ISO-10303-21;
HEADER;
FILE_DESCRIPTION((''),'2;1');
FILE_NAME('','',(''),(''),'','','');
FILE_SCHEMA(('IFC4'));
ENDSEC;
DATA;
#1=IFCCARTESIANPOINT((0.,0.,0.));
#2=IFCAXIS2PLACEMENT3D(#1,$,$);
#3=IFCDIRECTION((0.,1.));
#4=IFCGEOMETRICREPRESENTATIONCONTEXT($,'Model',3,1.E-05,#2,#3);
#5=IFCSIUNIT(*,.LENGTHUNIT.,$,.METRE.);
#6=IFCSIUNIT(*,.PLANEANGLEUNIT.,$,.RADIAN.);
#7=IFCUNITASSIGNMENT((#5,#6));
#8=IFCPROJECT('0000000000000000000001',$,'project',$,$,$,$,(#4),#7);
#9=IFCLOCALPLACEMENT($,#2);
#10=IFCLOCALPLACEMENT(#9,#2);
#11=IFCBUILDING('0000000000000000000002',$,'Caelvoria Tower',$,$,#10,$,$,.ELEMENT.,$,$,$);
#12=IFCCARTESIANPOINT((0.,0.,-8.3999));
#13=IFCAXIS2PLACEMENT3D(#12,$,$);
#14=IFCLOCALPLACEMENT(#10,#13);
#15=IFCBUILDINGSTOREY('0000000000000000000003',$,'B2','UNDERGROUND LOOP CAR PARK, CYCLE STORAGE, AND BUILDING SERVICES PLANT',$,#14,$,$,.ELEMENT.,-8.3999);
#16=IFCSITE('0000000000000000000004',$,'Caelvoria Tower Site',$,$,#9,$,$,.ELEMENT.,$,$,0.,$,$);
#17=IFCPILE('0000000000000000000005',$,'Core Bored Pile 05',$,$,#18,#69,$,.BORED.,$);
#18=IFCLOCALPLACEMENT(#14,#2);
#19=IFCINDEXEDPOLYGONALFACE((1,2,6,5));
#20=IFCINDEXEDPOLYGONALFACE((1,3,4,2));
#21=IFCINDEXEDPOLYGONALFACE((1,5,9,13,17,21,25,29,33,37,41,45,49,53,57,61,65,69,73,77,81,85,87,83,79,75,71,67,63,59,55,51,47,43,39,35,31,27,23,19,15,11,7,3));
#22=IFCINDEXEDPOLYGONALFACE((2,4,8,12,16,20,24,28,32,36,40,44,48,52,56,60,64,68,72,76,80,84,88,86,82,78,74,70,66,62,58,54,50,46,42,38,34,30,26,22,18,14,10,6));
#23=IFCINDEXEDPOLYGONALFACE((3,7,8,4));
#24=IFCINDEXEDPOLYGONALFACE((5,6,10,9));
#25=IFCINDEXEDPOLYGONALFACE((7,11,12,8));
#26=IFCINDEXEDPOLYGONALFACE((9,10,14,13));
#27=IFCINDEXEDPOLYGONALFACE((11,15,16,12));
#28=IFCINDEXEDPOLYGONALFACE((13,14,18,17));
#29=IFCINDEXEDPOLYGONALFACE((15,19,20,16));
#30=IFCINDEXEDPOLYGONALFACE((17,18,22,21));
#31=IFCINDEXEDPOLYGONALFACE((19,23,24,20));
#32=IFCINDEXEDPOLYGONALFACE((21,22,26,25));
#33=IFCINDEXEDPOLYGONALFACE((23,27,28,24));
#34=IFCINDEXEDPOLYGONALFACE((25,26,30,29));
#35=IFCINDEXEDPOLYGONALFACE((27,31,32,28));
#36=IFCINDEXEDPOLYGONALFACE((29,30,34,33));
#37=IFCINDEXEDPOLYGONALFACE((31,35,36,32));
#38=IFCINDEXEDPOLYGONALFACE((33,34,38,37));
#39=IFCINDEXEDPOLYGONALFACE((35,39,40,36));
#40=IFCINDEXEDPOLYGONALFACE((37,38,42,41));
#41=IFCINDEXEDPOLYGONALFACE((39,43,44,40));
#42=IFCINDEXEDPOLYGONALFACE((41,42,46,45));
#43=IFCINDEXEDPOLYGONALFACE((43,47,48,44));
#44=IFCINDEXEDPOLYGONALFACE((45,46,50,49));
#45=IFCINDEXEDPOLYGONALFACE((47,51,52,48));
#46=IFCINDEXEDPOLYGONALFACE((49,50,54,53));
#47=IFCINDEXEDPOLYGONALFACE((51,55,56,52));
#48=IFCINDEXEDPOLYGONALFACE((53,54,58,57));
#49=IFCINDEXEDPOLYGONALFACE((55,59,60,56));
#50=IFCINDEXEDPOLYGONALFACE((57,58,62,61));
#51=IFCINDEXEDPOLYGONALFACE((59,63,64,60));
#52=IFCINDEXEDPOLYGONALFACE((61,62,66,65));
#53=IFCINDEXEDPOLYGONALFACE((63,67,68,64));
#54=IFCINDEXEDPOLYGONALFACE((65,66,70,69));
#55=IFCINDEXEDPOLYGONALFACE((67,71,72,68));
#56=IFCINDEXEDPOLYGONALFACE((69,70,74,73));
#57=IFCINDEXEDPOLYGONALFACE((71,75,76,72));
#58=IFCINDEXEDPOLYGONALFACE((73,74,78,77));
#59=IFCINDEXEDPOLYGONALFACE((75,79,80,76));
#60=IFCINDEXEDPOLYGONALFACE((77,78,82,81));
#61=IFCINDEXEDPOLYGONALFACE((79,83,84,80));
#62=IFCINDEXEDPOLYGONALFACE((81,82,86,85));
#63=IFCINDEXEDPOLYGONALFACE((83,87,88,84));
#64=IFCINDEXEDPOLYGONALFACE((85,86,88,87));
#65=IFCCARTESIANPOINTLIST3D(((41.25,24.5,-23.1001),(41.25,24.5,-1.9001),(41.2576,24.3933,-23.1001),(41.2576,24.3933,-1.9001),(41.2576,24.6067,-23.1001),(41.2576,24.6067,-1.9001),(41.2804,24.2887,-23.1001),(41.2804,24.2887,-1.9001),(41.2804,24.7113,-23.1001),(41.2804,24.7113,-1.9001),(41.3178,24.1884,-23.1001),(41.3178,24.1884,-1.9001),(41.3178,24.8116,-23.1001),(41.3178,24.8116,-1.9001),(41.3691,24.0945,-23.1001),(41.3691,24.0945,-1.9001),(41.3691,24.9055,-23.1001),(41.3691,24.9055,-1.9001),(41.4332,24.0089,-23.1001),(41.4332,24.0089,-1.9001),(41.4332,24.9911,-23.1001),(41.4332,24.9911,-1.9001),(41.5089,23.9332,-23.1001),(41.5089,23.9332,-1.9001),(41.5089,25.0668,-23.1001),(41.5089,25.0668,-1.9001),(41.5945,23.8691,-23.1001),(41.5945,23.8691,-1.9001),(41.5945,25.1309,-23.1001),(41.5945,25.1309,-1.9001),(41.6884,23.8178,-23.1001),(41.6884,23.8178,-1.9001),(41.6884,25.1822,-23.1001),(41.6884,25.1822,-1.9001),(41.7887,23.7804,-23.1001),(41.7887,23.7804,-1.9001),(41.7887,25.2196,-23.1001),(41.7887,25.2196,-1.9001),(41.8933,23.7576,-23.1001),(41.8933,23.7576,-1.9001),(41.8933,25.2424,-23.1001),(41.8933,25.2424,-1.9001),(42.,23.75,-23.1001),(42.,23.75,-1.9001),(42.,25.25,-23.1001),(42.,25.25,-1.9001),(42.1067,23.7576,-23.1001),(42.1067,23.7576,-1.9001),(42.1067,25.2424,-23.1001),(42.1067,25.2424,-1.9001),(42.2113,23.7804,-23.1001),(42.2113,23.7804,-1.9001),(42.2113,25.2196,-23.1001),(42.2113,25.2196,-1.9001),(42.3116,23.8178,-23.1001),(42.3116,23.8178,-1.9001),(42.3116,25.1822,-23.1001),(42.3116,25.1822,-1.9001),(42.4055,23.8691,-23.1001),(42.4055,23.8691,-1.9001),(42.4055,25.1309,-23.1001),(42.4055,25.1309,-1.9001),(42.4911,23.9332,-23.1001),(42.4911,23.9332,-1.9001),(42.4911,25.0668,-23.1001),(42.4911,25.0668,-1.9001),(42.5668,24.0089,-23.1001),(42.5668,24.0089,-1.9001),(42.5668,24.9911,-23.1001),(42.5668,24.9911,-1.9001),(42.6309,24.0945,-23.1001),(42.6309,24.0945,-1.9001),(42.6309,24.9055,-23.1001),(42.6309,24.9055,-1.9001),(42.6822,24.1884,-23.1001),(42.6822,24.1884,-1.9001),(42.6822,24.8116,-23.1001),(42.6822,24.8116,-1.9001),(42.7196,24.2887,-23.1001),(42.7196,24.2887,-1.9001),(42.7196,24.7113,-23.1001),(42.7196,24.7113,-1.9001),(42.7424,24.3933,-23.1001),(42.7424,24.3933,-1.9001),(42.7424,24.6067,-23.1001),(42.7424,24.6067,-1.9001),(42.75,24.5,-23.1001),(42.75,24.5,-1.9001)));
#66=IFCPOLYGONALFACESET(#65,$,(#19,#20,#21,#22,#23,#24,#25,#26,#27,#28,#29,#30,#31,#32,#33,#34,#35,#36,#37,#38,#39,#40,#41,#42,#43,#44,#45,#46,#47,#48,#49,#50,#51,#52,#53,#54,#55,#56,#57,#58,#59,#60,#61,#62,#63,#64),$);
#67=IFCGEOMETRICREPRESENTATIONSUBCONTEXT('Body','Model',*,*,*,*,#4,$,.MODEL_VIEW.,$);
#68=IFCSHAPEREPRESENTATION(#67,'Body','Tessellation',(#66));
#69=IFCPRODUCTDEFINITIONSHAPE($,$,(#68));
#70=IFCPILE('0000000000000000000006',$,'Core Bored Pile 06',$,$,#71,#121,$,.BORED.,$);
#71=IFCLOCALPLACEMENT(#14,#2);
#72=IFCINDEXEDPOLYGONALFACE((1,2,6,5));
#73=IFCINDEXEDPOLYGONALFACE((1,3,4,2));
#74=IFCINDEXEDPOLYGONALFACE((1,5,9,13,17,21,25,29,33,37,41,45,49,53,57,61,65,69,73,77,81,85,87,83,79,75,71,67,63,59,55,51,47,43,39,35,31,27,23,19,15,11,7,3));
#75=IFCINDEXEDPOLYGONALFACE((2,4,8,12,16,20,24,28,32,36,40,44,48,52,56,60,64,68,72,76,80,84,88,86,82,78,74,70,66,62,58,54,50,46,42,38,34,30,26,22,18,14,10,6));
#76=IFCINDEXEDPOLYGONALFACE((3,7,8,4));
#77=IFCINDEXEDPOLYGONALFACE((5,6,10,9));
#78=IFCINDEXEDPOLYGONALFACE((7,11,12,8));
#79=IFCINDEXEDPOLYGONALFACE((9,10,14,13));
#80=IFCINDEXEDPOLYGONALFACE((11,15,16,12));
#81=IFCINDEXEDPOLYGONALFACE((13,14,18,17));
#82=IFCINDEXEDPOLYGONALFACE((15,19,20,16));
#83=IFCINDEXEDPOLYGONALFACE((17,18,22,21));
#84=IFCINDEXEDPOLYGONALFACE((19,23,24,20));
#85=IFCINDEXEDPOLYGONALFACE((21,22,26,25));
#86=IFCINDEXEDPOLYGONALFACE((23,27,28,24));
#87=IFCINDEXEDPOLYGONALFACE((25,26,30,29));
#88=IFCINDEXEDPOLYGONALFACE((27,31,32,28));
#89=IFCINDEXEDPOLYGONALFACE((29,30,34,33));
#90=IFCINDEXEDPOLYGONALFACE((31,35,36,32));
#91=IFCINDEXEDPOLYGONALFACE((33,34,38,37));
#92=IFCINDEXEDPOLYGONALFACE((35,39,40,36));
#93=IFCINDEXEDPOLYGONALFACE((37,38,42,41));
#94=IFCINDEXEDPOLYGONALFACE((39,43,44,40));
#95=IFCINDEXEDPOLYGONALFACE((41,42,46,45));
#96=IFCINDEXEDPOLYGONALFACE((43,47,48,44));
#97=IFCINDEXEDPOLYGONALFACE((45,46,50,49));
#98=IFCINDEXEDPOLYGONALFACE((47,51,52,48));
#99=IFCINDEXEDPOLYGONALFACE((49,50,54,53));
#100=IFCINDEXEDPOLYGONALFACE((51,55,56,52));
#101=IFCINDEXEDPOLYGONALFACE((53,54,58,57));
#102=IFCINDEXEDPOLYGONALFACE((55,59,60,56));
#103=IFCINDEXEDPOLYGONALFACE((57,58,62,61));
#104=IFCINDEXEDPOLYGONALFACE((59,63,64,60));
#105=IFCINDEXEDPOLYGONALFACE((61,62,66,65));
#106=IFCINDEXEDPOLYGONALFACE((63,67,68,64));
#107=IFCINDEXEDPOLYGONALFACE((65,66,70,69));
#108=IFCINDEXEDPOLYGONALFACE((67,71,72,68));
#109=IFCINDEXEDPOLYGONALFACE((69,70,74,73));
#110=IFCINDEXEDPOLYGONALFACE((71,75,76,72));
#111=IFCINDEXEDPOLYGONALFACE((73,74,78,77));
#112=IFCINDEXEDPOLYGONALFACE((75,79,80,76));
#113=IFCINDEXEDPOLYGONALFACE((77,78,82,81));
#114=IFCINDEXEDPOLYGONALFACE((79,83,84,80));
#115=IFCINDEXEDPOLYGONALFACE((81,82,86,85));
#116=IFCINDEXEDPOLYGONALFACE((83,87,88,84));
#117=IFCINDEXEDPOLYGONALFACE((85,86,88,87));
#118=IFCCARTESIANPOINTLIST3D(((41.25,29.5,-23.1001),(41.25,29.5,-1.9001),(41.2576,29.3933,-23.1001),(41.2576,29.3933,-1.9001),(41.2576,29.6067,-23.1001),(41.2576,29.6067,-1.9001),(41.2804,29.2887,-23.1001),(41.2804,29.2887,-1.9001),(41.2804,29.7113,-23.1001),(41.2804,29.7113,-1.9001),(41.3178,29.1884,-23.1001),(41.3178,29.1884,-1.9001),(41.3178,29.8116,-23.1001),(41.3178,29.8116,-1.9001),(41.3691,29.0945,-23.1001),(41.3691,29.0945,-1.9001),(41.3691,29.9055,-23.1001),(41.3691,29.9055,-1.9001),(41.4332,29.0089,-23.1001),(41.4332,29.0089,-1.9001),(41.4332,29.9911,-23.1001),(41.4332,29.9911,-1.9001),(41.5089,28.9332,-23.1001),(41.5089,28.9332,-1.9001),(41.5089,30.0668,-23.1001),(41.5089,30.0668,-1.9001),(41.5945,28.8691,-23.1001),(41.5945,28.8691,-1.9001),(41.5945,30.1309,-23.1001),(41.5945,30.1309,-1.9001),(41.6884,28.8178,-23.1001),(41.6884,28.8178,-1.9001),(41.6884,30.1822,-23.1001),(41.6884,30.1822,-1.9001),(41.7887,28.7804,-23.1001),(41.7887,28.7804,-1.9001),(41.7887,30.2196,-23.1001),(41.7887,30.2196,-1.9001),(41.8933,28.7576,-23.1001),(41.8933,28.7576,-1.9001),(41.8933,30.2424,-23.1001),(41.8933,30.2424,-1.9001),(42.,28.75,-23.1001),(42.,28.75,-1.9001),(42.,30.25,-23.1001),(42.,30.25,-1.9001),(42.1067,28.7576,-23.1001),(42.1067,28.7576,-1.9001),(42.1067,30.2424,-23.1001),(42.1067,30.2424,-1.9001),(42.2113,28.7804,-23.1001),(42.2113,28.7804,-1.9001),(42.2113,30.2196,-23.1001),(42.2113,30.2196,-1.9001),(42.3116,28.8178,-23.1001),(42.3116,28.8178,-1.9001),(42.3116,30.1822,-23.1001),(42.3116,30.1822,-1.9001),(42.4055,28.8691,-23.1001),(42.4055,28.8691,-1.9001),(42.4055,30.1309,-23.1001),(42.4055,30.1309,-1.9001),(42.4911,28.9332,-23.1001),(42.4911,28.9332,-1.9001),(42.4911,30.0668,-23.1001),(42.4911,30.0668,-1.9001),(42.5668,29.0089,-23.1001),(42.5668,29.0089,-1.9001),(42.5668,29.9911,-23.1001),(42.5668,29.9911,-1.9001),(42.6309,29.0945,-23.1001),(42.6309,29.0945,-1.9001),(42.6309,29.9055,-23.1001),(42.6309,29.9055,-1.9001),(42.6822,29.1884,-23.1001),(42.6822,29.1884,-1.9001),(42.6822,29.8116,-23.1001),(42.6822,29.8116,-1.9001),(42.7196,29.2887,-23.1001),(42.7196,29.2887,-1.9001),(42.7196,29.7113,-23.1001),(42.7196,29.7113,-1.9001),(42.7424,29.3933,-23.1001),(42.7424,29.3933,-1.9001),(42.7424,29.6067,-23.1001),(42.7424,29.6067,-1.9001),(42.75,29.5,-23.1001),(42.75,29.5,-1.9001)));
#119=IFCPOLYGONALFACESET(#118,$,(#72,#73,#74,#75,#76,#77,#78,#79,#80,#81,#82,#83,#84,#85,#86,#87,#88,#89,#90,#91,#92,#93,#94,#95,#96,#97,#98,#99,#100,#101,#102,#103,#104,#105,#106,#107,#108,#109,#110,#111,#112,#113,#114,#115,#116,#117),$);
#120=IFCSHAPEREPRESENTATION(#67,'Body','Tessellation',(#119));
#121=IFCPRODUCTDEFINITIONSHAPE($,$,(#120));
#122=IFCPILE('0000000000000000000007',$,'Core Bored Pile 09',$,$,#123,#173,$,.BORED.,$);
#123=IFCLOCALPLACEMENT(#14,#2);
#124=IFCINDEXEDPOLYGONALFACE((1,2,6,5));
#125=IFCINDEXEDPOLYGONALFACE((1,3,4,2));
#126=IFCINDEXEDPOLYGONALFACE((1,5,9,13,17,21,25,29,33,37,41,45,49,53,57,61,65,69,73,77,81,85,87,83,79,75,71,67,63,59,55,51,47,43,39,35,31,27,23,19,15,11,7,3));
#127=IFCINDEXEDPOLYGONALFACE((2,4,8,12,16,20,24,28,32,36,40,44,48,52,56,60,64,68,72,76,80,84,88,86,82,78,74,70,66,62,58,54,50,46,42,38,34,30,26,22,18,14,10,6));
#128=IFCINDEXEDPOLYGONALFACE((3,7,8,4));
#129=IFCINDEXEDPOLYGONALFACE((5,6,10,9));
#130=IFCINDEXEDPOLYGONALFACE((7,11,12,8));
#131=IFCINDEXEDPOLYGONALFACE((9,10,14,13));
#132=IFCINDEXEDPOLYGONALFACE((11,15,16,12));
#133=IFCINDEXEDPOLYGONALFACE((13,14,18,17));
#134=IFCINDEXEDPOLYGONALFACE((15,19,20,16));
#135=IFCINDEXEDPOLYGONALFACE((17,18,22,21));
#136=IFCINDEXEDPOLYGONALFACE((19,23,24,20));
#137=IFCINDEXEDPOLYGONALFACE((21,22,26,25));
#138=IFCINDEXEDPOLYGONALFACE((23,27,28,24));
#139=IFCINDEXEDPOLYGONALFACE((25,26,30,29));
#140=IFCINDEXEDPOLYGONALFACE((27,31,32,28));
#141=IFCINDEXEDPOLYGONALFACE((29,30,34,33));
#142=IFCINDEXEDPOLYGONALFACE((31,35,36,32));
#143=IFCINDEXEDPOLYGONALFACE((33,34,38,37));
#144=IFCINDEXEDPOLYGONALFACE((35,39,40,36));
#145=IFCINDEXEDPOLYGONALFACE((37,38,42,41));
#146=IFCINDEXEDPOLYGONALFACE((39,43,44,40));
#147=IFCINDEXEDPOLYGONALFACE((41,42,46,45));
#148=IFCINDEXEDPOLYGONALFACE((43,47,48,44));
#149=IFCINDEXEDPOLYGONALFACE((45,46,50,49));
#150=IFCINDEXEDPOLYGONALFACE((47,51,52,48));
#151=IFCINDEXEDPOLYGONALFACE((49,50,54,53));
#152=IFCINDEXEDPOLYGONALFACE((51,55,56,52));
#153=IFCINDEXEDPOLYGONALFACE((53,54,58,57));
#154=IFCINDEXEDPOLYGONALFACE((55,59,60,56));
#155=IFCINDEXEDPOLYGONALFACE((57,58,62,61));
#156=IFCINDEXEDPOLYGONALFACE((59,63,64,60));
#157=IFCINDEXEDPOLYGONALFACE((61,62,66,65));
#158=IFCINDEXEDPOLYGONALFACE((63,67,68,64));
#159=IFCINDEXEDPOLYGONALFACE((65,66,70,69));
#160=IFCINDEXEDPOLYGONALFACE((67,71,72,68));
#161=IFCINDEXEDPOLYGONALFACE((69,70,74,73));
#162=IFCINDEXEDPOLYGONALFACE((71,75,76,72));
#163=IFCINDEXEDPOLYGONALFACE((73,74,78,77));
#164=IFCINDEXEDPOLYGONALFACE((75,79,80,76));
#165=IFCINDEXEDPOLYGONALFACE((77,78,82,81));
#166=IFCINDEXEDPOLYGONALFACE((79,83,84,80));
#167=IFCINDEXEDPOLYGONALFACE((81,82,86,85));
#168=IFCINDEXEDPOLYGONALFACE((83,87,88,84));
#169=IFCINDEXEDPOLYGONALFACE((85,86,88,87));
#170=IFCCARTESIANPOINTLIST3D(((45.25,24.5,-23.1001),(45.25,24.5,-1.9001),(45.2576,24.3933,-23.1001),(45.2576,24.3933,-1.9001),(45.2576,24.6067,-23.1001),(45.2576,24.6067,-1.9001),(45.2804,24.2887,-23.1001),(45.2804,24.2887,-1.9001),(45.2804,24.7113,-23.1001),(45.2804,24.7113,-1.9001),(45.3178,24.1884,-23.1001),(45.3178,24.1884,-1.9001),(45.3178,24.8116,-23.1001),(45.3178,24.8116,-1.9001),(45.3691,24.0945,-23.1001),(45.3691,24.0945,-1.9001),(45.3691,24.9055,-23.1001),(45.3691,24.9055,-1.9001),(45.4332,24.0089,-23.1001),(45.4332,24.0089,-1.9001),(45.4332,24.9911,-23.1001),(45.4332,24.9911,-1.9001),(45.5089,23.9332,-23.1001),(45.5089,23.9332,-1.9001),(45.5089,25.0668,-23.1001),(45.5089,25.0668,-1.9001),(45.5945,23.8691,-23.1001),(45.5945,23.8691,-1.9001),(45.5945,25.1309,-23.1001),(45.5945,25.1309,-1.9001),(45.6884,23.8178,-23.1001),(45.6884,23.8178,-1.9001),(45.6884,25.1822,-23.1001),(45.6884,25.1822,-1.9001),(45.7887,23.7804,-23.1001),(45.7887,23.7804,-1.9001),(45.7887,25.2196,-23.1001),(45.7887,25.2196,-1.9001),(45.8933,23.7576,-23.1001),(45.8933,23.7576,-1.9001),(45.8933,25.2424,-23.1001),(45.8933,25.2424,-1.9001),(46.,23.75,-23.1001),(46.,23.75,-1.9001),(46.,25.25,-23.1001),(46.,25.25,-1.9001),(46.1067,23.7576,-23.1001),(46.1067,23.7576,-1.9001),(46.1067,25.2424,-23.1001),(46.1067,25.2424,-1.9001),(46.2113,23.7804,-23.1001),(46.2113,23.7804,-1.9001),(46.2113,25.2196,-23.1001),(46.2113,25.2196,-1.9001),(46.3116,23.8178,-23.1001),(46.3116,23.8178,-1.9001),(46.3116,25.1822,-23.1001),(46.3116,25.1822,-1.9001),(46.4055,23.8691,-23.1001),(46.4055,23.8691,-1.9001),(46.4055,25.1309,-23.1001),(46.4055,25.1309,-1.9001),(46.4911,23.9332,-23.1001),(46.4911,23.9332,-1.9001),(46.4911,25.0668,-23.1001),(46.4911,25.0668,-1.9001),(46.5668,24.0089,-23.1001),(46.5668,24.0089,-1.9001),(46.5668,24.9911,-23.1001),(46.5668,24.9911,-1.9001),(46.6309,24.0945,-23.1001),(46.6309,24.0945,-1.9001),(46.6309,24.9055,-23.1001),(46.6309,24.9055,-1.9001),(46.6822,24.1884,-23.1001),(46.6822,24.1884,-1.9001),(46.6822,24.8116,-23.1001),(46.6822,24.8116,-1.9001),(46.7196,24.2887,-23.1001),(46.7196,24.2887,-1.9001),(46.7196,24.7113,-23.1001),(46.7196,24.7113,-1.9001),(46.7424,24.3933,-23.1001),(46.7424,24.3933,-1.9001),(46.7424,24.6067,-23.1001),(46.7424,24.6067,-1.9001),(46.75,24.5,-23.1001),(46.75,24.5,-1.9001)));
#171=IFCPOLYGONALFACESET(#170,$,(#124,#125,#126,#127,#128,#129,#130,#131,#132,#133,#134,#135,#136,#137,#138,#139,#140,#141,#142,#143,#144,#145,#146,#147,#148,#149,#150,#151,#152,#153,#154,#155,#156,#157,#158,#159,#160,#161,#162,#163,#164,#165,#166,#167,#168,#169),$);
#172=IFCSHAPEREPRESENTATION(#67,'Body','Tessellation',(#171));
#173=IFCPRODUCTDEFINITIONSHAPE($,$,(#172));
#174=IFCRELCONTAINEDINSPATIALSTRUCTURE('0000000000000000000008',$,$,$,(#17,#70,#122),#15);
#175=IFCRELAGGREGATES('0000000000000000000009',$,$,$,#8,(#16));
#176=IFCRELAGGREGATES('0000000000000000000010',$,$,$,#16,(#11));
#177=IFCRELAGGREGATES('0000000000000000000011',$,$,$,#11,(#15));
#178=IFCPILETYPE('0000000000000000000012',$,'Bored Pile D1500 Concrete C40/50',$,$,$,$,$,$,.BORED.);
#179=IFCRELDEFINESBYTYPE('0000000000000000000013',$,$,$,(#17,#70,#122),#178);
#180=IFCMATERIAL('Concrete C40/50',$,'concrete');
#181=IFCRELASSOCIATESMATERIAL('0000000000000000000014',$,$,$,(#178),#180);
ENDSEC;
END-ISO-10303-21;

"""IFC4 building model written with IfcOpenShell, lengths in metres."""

from ifc_helpers import new_model, si_unit, direction, frame, origin, origin_2d, place, context, subcontext, project, spatial, circle, extrude, material, material_profile, profile_set, type_object, element, save


model = new_model("IFC4")

# Units and contexts
model_context = context("Model", 3, precision=1e-05, world=origin(), true_north=direction((0.0, 1.0)))
body_context = subcontext(model_context, "Body", "Model", "MODEL_VIEW")
ifc_project = project(units=[si_unit("LENGTHUNIT", "METRE"), si_unit("PLANEANGLEUNIT", "RADIAN")], contexts=[model_context])

# Site, building, storey
site_placement = place(None, origin())
site = spatial("IfcSite", under=ifc_project, at=site_placement, Name="Caelvoria Tower Site", CompositionType="ELEMENT", RefElevation=0.0)
building_placement = place(site_placement, origin())
building = spatial("IfcBuilding", under=site, at=building_placement, Name="Caelvoria Tower", CompositionType="ELEMENT")
storey_placement = place(building_placement, frame((0.0, 0.0, -8.3999)))
storey = spatial("IfcBuildingStorey", under=building, at=storey_placement, Name="B2", Description="UNDERGROUND LOOP CAR PARK, CYCLE STORAGE, AND BUILDING SERVICES PLANT", CompositionType="ELEMENT", Elevation=-8.3999)

# Piles
ifc_material_1 = material(Name="Concrete C40/50", Category="concrete")
ifc_material_profile_1 = material_profile(ifc_material_1, circle(Radius=0.75, at=origin_2d()), Name="Concrete C40/50")
ifc_profile_set_1 = profile_set([ifc_material_profile_1], Name="PILE_D1500 - Concrete C40/50")
pile_type_1 = type_object("IfcPileType", Name="Bored Pile D1500 Concrete C40/50", PredefinedType="BORED", material=ifc_profile_set_1)
for number, where, z_axis, x_axis, name in (
    (1, (42.0, 24.5, -1.9001), (0.0, 0.0, -1.0), (1.0, 0.0, 0.0), "Core Bored Pile 05"),
    (2, (42.0, 29.5, -1.9001), (0.0, 0.0, -1.0), (1.0, 0.0, 0.0), "Core Bored Pile 06"),
    (3, (46.0, 24.5, -1.9001), (0.0, 0.0, -1.0), (1.0, 0.0, 0.0), "Core Bored Pile 09"),
):
    element("IfcPile", number, at=place(storey_placement, frame(where, z_axis=z_axis, x_axis=x_axis)), inside=storey, type_object=pile_type_1, Name=name, PredefinedType="BORED", context=body_context, shape_type="SweptSolid", body=[
        extrude(circle(Radius=0.75, at=origin_2d()), origin(), (0.0, 0.0, 1.0), 21.2),
    ])

save(model, "model.ifc")
